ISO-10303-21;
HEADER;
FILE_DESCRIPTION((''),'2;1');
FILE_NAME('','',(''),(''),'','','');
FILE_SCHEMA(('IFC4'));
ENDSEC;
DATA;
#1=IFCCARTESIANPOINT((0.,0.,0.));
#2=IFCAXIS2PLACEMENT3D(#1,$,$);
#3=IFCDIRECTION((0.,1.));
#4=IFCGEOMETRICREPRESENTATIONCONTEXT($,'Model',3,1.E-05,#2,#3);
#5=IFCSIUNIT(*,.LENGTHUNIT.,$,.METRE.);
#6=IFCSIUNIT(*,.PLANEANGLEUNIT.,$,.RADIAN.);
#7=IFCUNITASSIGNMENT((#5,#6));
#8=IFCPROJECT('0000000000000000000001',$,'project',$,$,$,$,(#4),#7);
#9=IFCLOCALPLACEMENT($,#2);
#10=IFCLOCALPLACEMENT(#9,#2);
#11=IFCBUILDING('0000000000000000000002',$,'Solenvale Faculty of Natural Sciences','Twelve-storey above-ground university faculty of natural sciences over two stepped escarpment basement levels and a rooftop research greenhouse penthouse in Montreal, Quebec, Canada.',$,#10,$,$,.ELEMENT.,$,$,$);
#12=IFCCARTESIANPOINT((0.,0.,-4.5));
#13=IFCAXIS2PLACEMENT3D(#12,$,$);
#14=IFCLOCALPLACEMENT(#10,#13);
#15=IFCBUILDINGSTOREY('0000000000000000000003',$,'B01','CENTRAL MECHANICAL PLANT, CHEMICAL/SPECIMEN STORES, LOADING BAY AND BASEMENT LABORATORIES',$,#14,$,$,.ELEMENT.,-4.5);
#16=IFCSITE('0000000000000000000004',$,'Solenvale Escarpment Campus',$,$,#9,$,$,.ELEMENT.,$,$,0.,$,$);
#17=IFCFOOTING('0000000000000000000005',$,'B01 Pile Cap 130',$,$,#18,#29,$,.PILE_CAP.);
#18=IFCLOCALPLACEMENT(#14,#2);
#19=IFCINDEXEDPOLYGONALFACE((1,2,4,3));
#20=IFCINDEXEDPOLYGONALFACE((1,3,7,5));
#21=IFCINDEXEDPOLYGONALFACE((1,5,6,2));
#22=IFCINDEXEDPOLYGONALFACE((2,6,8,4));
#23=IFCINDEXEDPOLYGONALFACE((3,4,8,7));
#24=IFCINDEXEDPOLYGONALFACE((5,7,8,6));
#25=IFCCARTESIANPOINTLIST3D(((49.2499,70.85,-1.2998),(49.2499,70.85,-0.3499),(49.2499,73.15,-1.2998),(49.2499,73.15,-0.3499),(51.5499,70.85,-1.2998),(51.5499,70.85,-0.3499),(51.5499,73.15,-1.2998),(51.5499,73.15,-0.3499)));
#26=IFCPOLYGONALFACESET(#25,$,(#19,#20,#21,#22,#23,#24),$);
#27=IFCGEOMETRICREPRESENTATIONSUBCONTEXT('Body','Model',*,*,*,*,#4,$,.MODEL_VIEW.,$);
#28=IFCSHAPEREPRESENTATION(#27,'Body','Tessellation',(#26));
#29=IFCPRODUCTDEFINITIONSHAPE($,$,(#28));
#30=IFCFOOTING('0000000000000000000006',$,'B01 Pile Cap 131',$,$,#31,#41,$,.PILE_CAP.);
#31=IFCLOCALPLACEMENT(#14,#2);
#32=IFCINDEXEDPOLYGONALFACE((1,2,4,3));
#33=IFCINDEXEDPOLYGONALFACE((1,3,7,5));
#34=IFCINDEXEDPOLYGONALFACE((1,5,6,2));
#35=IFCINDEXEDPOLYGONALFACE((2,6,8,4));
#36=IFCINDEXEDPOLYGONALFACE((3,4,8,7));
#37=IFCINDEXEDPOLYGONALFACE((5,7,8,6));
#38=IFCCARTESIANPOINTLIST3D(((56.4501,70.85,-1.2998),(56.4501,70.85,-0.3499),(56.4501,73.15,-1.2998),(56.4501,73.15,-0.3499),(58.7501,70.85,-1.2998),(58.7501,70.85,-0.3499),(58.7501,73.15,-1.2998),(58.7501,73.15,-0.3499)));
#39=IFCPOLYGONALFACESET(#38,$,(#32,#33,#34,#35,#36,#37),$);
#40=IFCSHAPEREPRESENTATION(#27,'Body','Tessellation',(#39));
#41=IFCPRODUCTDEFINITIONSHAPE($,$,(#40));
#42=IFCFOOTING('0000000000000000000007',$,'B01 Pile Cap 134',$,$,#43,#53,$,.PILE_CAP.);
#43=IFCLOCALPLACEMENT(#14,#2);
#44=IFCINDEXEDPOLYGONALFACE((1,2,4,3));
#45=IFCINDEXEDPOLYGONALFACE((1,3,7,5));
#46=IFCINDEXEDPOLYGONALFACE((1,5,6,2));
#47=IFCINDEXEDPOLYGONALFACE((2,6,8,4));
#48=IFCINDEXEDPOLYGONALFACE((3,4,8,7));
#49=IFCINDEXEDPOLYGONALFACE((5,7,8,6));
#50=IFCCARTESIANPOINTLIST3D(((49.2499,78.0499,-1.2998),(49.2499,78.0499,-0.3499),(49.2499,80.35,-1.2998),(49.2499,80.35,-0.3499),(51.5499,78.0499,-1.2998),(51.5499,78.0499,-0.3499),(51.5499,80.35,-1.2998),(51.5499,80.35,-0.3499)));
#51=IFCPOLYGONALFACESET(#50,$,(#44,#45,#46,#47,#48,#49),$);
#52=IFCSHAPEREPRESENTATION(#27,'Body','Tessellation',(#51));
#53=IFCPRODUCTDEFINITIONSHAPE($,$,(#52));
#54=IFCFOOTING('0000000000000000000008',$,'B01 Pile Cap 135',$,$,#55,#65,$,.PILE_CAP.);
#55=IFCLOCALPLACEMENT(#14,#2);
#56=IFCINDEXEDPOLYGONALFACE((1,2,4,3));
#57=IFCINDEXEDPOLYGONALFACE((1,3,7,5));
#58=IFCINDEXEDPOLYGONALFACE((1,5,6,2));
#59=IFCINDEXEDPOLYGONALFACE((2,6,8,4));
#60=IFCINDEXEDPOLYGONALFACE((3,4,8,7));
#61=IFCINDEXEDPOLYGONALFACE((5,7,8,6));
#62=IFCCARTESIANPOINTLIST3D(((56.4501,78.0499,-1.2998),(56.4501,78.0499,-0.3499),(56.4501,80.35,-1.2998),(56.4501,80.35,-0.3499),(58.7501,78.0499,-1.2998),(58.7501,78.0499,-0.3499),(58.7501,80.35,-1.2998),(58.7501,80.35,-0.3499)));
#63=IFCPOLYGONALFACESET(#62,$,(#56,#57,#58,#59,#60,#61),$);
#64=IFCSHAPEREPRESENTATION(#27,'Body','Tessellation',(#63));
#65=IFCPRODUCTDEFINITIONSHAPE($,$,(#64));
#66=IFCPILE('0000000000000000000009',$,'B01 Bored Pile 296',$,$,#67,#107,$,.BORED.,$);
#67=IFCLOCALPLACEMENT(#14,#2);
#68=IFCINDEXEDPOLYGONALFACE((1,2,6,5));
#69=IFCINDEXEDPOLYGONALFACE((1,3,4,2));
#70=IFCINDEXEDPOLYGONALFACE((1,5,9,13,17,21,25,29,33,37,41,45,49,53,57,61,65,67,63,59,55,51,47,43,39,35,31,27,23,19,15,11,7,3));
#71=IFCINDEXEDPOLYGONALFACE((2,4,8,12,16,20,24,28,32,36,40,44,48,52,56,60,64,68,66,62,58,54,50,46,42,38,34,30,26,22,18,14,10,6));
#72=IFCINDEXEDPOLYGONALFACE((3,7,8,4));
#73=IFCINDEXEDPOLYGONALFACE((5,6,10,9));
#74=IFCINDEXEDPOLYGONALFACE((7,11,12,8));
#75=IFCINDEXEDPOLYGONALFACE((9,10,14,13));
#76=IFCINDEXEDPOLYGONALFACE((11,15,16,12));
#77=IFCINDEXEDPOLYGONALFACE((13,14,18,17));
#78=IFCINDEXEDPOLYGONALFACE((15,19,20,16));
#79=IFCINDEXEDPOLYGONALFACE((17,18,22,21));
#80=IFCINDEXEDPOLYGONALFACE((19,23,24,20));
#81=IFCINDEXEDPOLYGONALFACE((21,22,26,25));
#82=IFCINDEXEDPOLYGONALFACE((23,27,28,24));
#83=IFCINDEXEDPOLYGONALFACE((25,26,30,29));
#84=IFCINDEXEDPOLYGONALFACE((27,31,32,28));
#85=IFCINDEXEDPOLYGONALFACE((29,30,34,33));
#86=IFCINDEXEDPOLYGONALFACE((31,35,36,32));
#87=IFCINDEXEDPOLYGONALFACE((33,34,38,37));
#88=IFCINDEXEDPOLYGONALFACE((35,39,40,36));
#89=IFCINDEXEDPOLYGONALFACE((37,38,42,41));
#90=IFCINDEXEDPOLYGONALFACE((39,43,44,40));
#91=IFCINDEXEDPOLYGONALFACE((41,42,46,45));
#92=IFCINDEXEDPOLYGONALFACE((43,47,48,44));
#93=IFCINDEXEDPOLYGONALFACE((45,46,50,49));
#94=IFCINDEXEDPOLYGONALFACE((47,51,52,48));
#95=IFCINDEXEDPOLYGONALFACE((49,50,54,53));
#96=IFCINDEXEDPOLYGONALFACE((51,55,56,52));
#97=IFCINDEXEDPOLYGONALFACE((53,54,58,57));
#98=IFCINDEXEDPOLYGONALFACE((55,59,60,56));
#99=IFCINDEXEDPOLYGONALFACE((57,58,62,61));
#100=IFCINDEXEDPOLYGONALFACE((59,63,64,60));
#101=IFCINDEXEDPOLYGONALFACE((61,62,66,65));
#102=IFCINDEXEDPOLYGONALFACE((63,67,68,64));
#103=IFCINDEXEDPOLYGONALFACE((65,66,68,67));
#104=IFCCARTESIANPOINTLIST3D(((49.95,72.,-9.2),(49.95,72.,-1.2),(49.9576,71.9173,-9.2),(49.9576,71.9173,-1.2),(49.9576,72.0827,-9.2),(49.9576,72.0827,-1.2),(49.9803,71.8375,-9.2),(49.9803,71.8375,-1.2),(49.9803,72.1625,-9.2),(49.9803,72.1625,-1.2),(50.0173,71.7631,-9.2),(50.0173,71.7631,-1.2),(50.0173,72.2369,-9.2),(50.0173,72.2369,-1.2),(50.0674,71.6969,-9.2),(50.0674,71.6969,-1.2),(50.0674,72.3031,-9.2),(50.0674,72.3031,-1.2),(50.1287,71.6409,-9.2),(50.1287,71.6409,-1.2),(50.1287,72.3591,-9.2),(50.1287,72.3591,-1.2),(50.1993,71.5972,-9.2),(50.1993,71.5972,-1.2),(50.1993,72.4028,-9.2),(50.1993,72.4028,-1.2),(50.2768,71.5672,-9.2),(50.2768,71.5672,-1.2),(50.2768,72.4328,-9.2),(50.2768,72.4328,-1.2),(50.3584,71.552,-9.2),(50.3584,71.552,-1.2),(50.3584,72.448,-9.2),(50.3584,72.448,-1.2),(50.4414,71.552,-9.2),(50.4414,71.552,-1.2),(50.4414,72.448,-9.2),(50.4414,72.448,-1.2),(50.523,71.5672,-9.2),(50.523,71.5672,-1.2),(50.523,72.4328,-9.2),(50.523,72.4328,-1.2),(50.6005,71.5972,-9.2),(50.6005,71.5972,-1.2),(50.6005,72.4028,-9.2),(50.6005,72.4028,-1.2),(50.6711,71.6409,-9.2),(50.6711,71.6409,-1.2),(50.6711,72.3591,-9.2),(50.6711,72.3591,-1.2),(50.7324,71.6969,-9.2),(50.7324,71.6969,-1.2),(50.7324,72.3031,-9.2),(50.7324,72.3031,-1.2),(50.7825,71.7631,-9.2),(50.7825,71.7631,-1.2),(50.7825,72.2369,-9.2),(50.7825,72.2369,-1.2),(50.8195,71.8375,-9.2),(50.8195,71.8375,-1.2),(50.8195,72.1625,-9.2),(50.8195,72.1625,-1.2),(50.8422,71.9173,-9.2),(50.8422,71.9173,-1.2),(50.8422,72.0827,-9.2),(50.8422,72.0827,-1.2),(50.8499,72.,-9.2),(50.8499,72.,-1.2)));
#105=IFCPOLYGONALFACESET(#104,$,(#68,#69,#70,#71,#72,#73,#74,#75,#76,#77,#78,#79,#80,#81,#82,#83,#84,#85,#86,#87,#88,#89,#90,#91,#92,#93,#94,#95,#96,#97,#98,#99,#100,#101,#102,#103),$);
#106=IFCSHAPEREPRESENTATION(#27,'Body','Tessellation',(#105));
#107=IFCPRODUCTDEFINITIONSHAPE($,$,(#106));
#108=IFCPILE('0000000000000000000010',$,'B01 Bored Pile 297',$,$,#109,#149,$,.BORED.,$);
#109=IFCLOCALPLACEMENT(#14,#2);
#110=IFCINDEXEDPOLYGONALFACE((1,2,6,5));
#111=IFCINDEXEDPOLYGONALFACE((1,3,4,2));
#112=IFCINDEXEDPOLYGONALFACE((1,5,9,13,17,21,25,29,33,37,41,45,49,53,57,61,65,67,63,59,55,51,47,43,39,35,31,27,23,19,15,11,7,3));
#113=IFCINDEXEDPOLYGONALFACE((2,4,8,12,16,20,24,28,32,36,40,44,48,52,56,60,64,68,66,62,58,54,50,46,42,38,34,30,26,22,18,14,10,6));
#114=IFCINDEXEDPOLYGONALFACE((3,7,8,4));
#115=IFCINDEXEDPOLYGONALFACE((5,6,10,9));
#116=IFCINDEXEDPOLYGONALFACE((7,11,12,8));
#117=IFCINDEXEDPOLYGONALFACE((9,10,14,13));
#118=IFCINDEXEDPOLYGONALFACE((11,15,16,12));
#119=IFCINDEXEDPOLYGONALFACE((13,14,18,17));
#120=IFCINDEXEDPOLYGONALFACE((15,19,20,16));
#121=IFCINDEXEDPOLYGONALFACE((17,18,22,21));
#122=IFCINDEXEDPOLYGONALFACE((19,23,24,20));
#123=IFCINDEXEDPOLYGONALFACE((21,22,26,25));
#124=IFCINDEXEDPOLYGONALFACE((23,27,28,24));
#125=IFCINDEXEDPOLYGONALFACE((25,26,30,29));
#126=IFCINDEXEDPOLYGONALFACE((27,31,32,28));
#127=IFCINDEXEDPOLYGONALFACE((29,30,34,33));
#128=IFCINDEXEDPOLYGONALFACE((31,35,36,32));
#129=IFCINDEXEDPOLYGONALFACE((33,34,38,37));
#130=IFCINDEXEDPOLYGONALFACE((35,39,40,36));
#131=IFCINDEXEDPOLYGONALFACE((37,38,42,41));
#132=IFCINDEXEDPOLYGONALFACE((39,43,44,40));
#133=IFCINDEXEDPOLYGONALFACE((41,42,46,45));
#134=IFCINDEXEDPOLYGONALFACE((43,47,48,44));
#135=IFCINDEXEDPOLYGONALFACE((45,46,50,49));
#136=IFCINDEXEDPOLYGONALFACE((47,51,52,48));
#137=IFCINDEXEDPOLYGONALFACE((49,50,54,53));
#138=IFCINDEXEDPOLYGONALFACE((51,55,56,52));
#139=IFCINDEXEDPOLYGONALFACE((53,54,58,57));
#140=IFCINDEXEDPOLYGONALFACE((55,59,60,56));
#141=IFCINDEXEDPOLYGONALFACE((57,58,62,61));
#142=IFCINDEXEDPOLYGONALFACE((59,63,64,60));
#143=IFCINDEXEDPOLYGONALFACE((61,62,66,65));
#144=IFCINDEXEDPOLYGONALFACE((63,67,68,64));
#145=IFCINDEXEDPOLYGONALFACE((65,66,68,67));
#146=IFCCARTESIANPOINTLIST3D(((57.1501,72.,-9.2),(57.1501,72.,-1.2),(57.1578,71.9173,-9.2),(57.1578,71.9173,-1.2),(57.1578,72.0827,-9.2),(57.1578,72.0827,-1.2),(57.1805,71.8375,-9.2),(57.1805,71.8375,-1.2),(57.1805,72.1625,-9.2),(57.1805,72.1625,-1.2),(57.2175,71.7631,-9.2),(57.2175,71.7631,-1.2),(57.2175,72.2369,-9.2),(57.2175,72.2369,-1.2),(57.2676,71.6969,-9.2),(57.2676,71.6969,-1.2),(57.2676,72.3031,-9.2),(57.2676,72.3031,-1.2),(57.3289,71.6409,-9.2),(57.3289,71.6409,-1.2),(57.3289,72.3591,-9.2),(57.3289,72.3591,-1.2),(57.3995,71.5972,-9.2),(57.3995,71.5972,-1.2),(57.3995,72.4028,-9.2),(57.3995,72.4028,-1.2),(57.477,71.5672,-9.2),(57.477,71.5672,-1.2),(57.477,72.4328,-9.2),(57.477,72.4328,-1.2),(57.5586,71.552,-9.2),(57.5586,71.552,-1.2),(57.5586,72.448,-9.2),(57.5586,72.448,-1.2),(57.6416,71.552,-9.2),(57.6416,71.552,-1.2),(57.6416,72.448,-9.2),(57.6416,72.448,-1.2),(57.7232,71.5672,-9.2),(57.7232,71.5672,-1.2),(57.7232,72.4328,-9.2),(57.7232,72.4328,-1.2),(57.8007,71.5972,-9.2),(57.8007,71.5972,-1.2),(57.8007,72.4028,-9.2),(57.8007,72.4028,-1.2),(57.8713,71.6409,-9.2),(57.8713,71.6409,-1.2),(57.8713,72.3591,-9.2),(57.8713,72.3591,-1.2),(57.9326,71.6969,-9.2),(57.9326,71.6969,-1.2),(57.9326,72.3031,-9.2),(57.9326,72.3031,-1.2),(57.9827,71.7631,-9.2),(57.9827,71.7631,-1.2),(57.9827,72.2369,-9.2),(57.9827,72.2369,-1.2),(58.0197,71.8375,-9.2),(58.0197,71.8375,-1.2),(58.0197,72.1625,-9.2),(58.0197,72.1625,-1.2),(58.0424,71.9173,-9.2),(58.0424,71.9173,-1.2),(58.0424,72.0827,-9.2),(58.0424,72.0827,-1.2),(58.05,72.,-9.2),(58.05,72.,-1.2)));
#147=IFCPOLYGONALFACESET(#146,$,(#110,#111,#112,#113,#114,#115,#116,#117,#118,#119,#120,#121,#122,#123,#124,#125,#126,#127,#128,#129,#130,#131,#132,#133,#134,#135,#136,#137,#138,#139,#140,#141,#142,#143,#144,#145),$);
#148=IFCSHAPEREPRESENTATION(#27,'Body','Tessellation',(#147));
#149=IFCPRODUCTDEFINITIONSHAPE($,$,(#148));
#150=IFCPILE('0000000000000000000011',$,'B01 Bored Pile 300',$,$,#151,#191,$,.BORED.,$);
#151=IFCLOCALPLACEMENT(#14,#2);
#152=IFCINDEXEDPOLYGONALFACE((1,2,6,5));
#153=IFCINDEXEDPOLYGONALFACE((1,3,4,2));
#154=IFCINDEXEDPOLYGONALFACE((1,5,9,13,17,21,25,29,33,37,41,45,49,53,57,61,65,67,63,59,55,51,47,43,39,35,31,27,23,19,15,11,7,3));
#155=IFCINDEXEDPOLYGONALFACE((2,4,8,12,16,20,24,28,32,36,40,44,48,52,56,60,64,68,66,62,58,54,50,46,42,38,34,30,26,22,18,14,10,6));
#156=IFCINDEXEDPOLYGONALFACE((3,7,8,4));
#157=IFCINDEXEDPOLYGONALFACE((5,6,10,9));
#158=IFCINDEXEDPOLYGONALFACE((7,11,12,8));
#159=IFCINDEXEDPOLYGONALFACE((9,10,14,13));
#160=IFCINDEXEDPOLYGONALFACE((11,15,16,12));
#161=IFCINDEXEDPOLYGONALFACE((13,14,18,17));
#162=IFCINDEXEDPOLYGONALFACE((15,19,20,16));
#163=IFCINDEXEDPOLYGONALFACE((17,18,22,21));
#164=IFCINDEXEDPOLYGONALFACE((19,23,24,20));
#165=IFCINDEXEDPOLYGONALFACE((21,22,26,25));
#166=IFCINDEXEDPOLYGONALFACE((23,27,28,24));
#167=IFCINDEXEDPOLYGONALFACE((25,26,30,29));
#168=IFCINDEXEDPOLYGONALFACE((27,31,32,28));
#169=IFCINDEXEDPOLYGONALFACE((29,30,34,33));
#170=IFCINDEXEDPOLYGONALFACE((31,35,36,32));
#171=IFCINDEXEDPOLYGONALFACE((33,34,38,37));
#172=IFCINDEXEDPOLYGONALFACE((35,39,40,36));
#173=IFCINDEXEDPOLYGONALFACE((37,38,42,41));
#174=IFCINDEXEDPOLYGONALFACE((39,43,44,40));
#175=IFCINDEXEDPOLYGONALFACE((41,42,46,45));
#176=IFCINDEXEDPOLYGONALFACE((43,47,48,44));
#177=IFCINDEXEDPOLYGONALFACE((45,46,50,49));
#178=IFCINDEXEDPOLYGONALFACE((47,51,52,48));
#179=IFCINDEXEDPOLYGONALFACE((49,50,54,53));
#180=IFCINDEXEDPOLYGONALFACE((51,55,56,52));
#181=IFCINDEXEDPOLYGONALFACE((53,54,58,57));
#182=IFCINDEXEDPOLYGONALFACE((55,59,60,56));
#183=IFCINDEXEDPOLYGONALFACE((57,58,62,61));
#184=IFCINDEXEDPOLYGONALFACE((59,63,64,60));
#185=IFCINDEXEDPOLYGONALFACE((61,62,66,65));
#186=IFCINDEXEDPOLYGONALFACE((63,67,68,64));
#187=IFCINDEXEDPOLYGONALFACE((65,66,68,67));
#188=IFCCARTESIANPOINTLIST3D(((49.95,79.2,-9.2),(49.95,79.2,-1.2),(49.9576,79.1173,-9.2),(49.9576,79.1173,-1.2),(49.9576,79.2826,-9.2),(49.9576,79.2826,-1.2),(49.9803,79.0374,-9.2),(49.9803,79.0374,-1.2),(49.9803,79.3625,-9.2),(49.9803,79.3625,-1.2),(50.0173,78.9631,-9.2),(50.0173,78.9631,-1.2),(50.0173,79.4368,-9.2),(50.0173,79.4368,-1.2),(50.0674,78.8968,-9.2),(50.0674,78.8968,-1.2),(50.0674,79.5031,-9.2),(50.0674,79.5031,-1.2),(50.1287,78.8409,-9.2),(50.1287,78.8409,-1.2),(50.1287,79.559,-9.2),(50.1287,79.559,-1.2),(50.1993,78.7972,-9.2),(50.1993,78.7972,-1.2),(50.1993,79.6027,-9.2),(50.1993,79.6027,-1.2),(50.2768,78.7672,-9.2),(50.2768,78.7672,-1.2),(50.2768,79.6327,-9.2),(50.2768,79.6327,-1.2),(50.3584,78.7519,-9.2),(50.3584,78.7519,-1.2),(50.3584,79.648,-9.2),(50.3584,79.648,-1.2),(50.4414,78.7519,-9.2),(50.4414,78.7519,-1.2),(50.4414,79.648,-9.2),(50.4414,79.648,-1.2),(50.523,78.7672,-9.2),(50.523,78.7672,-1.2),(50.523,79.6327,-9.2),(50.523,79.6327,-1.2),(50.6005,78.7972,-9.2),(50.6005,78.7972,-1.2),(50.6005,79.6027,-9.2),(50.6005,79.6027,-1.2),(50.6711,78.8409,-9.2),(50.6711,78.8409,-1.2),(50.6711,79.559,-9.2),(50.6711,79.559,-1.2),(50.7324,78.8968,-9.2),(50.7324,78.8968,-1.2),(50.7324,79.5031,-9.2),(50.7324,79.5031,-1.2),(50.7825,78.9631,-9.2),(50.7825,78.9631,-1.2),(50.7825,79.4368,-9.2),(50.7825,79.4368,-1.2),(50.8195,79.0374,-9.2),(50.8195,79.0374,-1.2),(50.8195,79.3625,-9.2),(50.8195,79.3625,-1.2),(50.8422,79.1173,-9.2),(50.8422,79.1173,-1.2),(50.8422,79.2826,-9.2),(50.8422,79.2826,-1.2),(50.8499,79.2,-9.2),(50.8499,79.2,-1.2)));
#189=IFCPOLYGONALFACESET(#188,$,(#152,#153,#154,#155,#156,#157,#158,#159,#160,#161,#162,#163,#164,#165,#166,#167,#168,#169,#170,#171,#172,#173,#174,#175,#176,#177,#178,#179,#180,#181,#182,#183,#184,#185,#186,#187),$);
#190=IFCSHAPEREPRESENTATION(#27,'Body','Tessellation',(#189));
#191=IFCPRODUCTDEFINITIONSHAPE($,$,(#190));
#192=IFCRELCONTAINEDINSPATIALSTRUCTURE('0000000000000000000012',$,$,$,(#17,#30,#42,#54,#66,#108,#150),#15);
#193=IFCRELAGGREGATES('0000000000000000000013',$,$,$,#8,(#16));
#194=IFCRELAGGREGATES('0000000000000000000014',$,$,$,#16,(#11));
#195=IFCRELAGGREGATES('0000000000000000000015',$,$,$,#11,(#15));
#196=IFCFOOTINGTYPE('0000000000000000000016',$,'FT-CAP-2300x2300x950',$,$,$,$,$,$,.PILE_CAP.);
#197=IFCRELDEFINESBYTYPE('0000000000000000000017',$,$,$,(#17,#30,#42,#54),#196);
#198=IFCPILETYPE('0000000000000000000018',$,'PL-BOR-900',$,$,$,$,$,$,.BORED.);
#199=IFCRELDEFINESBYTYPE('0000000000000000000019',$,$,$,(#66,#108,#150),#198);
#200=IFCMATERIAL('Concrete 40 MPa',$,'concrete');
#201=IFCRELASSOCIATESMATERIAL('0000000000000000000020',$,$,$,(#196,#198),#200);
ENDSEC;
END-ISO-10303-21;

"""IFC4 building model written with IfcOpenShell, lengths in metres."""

from ifc_helpers import new_model, si_unit, direction, frame, origin, origin_2d, place, context, subcontext, project, spatial, rectangle, circle, extrude, material, material_profile, profile_set, type_object, element, save


model = new_model("IFC4")

# Units and contexts
model_context = context("Model", 3, precision=1e-05, world=origin(), true_north=direction((0.0, 1.0)))
body_context = subcontext(model_context, "Body", "Model", "MODEL_VIEW")
ifc_project = project(units=[si_unit("LENGTHUNIT", "METRE"), si_unit("PLANEANGLEUNIT", "RADIAN")], contexts=[model_context])

# Site, building, storey
site_placement = place(None, origin())
site = spatial("IfcSite", under=ifc_project, at=site_placement, Name="Solenvale Escarpment Campus", CompositionType="ELEMENT", RefElevation=0.0)
building_placement = place(site_placement, origin())
building = spatial("IfcBuilding", under=site, at=building_placement, Name="Solenvale Faculty of Natural Sciences", Description="Twelve-storey above-ground university faculty of natural sciences over two stepped escarpment basement levels and a rooftop research greenhouse penthouse in Montreal, Quebec, Canada.", CompositionType="ELEMENT")
storey_placement = place(building_placement, frame((0.0, 0.0, -4.5)))
storey = spatial("IfcBuildingStorey", under=building, at=storey_placement, Name="B01", Description="CENTRAL MECHANICAL PLANT, CHEMICAL/SPECIMEN STORES, LOADING BAY AND BASEMENT LABORATORIES", CompositionType="ELEMENT", Elevation=-4.5)

# Footings
ifc_material_1 = material(Name="Concrete 40 MPa", Category="concrete")
footing_type = type_object("IfcFootingType", Name="FT-CAP-2300x2300x950", PredefinedType="PILE_CAP", material=ifc_material_1)
for number, where, z_axis, x_axis, name in (
    (1, (50.3999, 72.0, -1.2998), (0.0, 0.0, 1.0), (1.0, 0.0, 0.0), "B01 Pile Cap 130"),
    (2, (57.6001, 72.0, -1.2998), (0.0, 0.0, 1.0), (1.0, 0.0, 0.0), "B01 Pile Cap 131"),
    (3, (50.3999, 79.2, -1.2998), (0.0, 0.0, 1.0), (1.0, 0.0, 0.0), "B01 Pile Cap 134"),
    (4, (57.6001, 79.2, -1.2998), (0.0, 0.0, 1.0), (1.0, 0.0, 0.0), "B01 Pile Cap 135"),
):
    element("IfcFooting", number, at=place(storey_placement, frame(where, z_axis=z_axis, x_axis=x_axis)), inside=storey, type_object=footing_type, Name=name, PredefinedType="PILE_CAP", context=body_context, shape_type="SweptSolid", body=[
        extrude(rectangle(XDim=2.3, YDim=2.3, at=origin_2d()), origin(), (0.0, 0.0, 1.0), 0.95),
    ])

# Piles
ifc_material_profile_1 = material_profile(ifc_material_1, circle(Radius=0.45, at=origin_2d()), Name="PILE-D900")
ifc_profile_set_1 = profile_set([ifc_material_profile_1], Name="Concrete 40 MPa")
pile_type = type_object("IfcPileType", Name="PL-BOR-900", PredefinedType="BORED", material=ifc_profile_set_1)
for number, where, z_axis, x_axis, name in (
    (5, (50.3999, 72.0, -1.2), (0.0, 0.0, -1.0), (1.0, 0.0, 0.0), "B01 Bored Pile 296"),
    (6, (57.6001, 72.0, -1.2), (0.0, 0.0, -1.0), (1.0, 0.0, 0.0), "B01 Bored Pile 297"),
    (7, (50.3999, 79.2, -1.2), (0.0, 0.0, -1.0), (1.0, 0.0, 0.0), "B01 Bored Pile 300"),
):
    element("IfcPile", number, at=place(storey_placement, frame(where, z_axis=z_axis, x_axis=x_axis)), inside=storey, type_object=pile_type, Name=name, PredefinedType="BORED", context=body_context, shape_type="SweptSolid", body=[
        extrude(circle(Radius=0.45, at=origin_2d()), origin(), (0.0, 0.0, 1.0), 8.0),
    ])

save(model, "model.ifc")
